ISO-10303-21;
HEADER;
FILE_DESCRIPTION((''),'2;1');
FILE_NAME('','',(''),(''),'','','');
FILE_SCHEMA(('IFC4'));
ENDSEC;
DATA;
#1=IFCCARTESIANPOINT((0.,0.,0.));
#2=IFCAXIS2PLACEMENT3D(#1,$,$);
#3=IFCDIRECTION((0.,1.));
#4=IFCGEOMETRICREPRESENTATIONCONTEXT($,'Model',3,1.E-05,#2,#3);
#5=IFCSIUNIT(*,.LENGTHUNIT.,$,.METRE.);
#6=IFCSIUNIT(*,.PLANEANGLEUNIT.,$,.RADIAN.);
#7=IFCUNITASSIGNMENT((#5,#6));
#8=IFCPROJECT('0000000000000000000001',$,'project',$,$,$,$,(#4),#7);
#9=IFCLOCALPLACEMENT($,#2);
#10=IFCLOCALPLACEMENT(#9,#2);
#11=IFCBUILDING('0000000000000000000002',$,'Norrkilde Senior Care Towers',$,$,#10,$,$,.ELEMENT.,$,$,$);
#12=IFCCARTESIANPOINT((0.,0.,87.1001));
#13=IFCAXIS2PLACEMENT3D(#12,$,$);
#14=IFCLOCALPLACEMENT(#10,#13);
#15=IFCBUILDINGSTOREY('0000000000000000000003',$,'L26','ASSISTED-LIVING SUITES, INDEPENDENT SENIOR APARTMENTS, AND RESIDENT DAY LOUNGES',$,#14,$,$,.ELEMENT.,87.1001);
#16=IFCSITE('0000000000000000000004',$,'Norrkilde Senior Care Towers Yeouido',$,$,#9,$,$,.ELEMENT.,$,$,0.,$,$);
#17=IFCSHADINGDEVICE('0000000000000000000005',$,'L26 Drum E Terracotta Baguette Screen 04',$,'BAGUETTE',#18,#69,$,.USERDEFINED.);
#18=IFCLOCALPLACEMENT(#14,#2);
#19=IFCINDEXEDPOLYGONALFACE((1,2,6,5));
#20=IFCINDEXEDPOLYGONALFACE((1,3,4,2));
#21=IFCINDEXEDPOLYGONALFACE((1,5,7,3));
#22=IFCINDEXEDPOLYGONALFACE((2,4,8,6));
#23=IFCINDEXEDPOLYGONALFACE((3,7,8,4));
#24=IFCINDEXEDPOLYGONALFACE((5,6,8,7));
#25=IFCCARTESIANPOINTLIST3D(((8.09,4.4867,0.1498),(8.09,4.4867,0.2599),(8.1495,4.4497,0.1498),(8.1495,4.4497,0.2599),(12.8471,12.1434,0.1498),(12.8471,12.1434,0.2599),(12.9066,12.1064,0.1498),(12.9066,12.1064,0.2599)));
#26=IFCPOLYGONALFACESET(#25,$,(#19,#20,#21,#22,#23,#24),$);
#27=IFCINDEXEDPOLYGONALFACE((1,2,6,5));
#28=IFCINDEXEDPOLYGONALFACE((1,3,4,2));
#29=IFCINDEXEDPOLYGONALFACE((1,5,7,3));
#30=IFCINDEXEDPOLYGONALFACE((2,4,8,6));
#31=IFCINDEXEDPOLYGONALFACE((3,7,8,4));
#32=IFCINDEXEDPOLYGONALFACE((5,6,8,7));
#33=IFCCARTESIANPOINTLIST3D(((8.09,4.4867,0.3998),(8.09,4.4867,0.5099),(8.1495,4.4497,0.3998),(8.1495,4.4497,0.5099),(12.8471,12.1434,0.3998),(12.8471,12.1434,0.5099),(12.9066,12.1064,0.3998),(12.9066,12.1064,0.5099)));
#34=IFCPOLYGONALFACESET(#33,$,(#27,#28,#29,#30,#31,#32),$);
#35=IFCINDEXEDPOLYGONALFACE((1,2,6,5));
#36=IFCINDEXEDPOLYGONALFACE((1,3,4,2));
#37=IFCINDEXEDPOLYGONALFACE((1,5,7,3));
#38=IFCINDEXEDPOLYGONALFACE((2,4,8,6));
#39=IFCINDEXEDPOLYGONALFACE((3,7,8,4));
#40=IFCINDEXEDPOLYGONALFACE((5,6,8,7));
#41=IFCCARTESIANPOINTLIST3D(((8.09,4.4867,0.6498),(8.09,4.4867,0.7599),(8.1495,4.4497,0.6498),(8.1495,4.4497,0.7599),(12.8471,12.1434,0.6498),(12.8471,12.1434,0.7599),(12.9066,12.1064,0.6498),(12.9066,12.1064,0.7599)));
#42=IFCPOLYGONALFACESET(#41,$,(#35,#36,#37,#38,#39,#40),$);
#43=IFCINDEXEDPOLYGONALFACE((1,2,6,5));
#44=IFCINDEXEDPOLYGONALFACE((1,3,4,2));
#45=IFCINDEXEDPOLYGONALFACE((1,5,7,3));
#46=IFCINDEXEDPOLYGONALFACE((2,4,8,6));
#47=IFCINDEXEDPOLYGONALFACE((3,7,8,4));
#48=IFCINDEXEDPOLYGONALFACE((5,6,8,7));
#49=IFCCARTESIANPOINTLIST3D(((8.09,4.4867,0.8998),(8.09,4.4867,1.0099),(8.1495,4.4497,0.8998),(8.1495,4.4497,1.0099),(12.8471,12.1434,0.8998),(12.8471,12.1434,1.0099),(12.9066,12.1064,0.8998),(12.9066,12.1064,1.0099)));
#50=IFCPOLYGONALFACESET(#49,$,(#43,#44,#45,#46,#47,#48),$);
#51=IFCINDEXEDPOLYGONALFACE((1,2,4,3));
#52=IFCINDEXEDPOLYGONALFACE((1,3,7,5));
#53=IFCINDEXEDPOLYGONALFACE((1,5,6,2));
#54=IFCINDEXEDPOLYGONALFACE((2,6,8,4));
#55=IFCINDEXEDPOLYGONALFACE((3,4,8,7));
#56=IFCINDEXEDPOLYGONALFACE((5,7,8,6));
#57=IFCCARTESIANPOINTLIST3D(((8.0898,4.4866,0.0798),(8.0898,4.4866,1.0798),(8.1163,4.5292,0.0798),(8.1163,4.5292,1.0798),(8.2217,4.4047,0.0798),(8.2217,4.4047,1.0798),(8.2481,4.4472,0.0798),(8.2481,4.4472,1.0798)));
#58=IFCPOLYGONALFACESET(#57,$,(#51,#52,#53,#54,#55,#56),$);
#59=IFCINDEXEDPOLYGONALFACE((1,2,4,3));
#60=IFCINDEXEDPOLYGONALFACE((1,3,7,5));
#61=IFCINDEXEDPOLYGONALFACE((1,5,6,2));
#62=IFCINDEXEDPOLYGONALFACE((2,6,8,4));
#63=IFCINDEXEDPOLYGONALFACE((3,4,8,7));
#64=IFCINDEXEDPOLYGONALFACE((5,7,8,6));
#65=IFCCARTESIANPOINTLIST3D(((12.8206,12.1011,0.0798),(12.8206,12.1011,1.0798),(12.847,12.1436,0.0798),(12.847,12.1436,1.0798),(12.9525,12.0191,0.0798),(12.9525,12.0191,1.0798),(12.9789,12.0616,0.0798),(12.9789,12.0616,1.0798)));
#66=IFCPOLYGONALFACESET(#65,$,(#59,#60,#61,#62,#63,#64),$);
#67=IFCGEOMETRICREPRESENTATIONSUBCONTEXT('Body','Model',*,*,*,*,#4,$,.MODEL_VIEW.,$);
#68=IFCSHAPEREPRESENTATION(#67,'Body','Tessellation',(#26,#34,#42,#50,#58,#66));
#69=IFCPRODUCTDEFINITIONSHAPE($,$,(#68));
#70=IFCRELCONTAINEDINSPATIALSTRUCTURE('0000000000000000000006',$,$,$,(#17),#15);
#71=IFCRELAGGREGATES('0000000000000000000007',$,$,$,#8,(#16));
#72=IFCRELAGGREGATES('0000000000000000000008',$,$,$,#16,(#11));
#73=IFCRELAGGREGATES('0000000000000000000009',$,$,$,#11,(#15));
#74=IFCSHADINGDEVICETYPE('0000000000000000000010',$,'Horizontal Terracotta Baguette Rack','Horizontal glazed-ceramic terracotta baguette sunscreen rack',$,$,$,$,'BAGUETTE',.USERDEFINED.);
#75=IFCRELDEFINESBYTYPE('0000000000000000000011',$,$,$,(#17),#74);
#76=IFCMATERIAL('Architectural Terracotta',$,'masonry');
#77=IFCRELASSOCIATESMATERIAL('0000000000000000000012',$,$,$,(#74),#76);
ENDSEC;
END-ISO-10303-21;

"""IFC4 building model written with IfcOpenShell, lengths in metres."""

from ifc_helpers import new_model, si_unit, direction, frame, origin, origin_2d, place, context, subcontext, project, spatial, rectangle, extrude, source, transform, mapped, material, type_object, type_shapes, element, save


model = new_model("IFC4")

# Units and contexts
model_context = context("Model", 3, precision=1e-05, world=origin(), true_north=direction((0.0, 1.0)))
body_context = subcontext(model_context, "Body", "Model", "MODEL_VIEW")
ifc_project = project(units=[si_unit("LENGTHUNIT", "METRE"), si_unit("PLANEANGLEUNIT", "RADIAN")], contexts=[model_context])

# Site, building, storey
site_placement = place(None, origin())
site = spatial("IfcSite", under=ifc_project, at=site_placement, Name="Norrkilde Senior Care Towers Yeouido", CompositionType="ELEMENT", RefElevation=0.0)
building_placement = place(site_placement, origin())
building = spatial("IfcBuilding", under=site, at=building_placement, Name="Norrkilde Senior Care Towers", CompositionType="ELEMENT")
storey_placement = place(building_placement, frame((0.0, 0.0, 87.1001)))
storey = spatial("IfcBuildingStorey", under=building, at=storey_placement, Name="L26", Description="ASSISTED-LIVING SUITES, INDEPENDENT SENIOR APARTMENTS, AND RESIDENT DAY LOUNGES", CompositionType="ELEMENT", Elevation=87.1001)

# Shading device
ifc_material_1 = material(Name="Architectural Terracotta", Category="masonry")
shading_device_type = type_object("IfcShadingDeviceType", Name="Horizontal Terracotta Baguette Rack", Description="Horizontal glazed-ceramic terracotta baguette sunscreen rack", ElementType="BAGUETTE", PredefinedType="USERDEFINED", material=ifc_material_1)
shared_shape_1 = source(origin(), body_context, "Body", "SweptSolid", [
    extrude(rectangle(XDim=0.0701, YDim=0.1101, at=origin_2d()), frame((0.0, 0.0901, 0.125), z_axis=(1.0, 0.0, 0.0), x_axis=(0.0, 1.0, 0.0)), (0.0, 0.0, 1.0), 9.0142),
    extrude(rectangle(XDim=0.0701, YDim=0.1101, at=origin_2d()), frame((0.0, 0.0901, 0.375), z_axis=(1.0, 0.0, 0.0), x_axis=(0.0, 1.0, 0.0)), (0.0, 0.0, 1.0), 9.0142),
    extrude(rectangle(XDim=0.0701, YDim=0.1101, at=origin_2d()), frame((0.0, 0.0901, 0.625), z_axis=(1.0, 0.0, 0.0), x_axis=(0.0, 1.0, 0.0)), (0.0, 0.0, 1.0), 9.0142),
    extrude(rectangle(XDim=0.0701, YDim=0.1101, at=origin_2d()), frame((0.0, 0.0901, 0.875), z_axis=(1.0, 0.0, 0.0), x_axis=(0.0, 1.0, 0.0)), (0.0, 0.0, 1.0), 9.0142),
    extrude(rectangle(XDim=0.05, YDim=0.1553, at=origin_2d()), frame((0.0249, 0.0476, 0.0)), (0.0, 0.0, 1.0), 1.0),
    extrude(rectangle(XDim=0.05, YDim=0.1553, at=origin_2d()), frame((8.9893, 0.0476, 0.0)), (0.0, 0.0, 1.0), 1.0),
])
type_shapes(shading_device_type, [shared_shape_1])
shading_device_placement = place(storey_placement, frame((8.1963, 4.4207, 0.0798), z_axis=(0.0, 0.0, 1.0), x_axis=(0.527734, 0.849412, 0.0)))
element("IfcShadingDevice", 1, at=shading_device_placement, inside=storey, type_object=shading_device_type, Name="L26 Drum E Terracotta Baguette Screen 04", ObjectType="BAGUETTE", PredefinedType="USERDEFINED", context=body_context, shape_type="MappedRepresentation", body=[
    mapped(shared_shape_1, transform((0.0, 0.0, 0.0), x_axis=(1.0, 0.0, 0.0), y_axis=(0.0, 1.0, 0.0), z_axis=(0.0, 0.0, 1.0), scale=1.0)),
])

save(model, "model.ifc")
